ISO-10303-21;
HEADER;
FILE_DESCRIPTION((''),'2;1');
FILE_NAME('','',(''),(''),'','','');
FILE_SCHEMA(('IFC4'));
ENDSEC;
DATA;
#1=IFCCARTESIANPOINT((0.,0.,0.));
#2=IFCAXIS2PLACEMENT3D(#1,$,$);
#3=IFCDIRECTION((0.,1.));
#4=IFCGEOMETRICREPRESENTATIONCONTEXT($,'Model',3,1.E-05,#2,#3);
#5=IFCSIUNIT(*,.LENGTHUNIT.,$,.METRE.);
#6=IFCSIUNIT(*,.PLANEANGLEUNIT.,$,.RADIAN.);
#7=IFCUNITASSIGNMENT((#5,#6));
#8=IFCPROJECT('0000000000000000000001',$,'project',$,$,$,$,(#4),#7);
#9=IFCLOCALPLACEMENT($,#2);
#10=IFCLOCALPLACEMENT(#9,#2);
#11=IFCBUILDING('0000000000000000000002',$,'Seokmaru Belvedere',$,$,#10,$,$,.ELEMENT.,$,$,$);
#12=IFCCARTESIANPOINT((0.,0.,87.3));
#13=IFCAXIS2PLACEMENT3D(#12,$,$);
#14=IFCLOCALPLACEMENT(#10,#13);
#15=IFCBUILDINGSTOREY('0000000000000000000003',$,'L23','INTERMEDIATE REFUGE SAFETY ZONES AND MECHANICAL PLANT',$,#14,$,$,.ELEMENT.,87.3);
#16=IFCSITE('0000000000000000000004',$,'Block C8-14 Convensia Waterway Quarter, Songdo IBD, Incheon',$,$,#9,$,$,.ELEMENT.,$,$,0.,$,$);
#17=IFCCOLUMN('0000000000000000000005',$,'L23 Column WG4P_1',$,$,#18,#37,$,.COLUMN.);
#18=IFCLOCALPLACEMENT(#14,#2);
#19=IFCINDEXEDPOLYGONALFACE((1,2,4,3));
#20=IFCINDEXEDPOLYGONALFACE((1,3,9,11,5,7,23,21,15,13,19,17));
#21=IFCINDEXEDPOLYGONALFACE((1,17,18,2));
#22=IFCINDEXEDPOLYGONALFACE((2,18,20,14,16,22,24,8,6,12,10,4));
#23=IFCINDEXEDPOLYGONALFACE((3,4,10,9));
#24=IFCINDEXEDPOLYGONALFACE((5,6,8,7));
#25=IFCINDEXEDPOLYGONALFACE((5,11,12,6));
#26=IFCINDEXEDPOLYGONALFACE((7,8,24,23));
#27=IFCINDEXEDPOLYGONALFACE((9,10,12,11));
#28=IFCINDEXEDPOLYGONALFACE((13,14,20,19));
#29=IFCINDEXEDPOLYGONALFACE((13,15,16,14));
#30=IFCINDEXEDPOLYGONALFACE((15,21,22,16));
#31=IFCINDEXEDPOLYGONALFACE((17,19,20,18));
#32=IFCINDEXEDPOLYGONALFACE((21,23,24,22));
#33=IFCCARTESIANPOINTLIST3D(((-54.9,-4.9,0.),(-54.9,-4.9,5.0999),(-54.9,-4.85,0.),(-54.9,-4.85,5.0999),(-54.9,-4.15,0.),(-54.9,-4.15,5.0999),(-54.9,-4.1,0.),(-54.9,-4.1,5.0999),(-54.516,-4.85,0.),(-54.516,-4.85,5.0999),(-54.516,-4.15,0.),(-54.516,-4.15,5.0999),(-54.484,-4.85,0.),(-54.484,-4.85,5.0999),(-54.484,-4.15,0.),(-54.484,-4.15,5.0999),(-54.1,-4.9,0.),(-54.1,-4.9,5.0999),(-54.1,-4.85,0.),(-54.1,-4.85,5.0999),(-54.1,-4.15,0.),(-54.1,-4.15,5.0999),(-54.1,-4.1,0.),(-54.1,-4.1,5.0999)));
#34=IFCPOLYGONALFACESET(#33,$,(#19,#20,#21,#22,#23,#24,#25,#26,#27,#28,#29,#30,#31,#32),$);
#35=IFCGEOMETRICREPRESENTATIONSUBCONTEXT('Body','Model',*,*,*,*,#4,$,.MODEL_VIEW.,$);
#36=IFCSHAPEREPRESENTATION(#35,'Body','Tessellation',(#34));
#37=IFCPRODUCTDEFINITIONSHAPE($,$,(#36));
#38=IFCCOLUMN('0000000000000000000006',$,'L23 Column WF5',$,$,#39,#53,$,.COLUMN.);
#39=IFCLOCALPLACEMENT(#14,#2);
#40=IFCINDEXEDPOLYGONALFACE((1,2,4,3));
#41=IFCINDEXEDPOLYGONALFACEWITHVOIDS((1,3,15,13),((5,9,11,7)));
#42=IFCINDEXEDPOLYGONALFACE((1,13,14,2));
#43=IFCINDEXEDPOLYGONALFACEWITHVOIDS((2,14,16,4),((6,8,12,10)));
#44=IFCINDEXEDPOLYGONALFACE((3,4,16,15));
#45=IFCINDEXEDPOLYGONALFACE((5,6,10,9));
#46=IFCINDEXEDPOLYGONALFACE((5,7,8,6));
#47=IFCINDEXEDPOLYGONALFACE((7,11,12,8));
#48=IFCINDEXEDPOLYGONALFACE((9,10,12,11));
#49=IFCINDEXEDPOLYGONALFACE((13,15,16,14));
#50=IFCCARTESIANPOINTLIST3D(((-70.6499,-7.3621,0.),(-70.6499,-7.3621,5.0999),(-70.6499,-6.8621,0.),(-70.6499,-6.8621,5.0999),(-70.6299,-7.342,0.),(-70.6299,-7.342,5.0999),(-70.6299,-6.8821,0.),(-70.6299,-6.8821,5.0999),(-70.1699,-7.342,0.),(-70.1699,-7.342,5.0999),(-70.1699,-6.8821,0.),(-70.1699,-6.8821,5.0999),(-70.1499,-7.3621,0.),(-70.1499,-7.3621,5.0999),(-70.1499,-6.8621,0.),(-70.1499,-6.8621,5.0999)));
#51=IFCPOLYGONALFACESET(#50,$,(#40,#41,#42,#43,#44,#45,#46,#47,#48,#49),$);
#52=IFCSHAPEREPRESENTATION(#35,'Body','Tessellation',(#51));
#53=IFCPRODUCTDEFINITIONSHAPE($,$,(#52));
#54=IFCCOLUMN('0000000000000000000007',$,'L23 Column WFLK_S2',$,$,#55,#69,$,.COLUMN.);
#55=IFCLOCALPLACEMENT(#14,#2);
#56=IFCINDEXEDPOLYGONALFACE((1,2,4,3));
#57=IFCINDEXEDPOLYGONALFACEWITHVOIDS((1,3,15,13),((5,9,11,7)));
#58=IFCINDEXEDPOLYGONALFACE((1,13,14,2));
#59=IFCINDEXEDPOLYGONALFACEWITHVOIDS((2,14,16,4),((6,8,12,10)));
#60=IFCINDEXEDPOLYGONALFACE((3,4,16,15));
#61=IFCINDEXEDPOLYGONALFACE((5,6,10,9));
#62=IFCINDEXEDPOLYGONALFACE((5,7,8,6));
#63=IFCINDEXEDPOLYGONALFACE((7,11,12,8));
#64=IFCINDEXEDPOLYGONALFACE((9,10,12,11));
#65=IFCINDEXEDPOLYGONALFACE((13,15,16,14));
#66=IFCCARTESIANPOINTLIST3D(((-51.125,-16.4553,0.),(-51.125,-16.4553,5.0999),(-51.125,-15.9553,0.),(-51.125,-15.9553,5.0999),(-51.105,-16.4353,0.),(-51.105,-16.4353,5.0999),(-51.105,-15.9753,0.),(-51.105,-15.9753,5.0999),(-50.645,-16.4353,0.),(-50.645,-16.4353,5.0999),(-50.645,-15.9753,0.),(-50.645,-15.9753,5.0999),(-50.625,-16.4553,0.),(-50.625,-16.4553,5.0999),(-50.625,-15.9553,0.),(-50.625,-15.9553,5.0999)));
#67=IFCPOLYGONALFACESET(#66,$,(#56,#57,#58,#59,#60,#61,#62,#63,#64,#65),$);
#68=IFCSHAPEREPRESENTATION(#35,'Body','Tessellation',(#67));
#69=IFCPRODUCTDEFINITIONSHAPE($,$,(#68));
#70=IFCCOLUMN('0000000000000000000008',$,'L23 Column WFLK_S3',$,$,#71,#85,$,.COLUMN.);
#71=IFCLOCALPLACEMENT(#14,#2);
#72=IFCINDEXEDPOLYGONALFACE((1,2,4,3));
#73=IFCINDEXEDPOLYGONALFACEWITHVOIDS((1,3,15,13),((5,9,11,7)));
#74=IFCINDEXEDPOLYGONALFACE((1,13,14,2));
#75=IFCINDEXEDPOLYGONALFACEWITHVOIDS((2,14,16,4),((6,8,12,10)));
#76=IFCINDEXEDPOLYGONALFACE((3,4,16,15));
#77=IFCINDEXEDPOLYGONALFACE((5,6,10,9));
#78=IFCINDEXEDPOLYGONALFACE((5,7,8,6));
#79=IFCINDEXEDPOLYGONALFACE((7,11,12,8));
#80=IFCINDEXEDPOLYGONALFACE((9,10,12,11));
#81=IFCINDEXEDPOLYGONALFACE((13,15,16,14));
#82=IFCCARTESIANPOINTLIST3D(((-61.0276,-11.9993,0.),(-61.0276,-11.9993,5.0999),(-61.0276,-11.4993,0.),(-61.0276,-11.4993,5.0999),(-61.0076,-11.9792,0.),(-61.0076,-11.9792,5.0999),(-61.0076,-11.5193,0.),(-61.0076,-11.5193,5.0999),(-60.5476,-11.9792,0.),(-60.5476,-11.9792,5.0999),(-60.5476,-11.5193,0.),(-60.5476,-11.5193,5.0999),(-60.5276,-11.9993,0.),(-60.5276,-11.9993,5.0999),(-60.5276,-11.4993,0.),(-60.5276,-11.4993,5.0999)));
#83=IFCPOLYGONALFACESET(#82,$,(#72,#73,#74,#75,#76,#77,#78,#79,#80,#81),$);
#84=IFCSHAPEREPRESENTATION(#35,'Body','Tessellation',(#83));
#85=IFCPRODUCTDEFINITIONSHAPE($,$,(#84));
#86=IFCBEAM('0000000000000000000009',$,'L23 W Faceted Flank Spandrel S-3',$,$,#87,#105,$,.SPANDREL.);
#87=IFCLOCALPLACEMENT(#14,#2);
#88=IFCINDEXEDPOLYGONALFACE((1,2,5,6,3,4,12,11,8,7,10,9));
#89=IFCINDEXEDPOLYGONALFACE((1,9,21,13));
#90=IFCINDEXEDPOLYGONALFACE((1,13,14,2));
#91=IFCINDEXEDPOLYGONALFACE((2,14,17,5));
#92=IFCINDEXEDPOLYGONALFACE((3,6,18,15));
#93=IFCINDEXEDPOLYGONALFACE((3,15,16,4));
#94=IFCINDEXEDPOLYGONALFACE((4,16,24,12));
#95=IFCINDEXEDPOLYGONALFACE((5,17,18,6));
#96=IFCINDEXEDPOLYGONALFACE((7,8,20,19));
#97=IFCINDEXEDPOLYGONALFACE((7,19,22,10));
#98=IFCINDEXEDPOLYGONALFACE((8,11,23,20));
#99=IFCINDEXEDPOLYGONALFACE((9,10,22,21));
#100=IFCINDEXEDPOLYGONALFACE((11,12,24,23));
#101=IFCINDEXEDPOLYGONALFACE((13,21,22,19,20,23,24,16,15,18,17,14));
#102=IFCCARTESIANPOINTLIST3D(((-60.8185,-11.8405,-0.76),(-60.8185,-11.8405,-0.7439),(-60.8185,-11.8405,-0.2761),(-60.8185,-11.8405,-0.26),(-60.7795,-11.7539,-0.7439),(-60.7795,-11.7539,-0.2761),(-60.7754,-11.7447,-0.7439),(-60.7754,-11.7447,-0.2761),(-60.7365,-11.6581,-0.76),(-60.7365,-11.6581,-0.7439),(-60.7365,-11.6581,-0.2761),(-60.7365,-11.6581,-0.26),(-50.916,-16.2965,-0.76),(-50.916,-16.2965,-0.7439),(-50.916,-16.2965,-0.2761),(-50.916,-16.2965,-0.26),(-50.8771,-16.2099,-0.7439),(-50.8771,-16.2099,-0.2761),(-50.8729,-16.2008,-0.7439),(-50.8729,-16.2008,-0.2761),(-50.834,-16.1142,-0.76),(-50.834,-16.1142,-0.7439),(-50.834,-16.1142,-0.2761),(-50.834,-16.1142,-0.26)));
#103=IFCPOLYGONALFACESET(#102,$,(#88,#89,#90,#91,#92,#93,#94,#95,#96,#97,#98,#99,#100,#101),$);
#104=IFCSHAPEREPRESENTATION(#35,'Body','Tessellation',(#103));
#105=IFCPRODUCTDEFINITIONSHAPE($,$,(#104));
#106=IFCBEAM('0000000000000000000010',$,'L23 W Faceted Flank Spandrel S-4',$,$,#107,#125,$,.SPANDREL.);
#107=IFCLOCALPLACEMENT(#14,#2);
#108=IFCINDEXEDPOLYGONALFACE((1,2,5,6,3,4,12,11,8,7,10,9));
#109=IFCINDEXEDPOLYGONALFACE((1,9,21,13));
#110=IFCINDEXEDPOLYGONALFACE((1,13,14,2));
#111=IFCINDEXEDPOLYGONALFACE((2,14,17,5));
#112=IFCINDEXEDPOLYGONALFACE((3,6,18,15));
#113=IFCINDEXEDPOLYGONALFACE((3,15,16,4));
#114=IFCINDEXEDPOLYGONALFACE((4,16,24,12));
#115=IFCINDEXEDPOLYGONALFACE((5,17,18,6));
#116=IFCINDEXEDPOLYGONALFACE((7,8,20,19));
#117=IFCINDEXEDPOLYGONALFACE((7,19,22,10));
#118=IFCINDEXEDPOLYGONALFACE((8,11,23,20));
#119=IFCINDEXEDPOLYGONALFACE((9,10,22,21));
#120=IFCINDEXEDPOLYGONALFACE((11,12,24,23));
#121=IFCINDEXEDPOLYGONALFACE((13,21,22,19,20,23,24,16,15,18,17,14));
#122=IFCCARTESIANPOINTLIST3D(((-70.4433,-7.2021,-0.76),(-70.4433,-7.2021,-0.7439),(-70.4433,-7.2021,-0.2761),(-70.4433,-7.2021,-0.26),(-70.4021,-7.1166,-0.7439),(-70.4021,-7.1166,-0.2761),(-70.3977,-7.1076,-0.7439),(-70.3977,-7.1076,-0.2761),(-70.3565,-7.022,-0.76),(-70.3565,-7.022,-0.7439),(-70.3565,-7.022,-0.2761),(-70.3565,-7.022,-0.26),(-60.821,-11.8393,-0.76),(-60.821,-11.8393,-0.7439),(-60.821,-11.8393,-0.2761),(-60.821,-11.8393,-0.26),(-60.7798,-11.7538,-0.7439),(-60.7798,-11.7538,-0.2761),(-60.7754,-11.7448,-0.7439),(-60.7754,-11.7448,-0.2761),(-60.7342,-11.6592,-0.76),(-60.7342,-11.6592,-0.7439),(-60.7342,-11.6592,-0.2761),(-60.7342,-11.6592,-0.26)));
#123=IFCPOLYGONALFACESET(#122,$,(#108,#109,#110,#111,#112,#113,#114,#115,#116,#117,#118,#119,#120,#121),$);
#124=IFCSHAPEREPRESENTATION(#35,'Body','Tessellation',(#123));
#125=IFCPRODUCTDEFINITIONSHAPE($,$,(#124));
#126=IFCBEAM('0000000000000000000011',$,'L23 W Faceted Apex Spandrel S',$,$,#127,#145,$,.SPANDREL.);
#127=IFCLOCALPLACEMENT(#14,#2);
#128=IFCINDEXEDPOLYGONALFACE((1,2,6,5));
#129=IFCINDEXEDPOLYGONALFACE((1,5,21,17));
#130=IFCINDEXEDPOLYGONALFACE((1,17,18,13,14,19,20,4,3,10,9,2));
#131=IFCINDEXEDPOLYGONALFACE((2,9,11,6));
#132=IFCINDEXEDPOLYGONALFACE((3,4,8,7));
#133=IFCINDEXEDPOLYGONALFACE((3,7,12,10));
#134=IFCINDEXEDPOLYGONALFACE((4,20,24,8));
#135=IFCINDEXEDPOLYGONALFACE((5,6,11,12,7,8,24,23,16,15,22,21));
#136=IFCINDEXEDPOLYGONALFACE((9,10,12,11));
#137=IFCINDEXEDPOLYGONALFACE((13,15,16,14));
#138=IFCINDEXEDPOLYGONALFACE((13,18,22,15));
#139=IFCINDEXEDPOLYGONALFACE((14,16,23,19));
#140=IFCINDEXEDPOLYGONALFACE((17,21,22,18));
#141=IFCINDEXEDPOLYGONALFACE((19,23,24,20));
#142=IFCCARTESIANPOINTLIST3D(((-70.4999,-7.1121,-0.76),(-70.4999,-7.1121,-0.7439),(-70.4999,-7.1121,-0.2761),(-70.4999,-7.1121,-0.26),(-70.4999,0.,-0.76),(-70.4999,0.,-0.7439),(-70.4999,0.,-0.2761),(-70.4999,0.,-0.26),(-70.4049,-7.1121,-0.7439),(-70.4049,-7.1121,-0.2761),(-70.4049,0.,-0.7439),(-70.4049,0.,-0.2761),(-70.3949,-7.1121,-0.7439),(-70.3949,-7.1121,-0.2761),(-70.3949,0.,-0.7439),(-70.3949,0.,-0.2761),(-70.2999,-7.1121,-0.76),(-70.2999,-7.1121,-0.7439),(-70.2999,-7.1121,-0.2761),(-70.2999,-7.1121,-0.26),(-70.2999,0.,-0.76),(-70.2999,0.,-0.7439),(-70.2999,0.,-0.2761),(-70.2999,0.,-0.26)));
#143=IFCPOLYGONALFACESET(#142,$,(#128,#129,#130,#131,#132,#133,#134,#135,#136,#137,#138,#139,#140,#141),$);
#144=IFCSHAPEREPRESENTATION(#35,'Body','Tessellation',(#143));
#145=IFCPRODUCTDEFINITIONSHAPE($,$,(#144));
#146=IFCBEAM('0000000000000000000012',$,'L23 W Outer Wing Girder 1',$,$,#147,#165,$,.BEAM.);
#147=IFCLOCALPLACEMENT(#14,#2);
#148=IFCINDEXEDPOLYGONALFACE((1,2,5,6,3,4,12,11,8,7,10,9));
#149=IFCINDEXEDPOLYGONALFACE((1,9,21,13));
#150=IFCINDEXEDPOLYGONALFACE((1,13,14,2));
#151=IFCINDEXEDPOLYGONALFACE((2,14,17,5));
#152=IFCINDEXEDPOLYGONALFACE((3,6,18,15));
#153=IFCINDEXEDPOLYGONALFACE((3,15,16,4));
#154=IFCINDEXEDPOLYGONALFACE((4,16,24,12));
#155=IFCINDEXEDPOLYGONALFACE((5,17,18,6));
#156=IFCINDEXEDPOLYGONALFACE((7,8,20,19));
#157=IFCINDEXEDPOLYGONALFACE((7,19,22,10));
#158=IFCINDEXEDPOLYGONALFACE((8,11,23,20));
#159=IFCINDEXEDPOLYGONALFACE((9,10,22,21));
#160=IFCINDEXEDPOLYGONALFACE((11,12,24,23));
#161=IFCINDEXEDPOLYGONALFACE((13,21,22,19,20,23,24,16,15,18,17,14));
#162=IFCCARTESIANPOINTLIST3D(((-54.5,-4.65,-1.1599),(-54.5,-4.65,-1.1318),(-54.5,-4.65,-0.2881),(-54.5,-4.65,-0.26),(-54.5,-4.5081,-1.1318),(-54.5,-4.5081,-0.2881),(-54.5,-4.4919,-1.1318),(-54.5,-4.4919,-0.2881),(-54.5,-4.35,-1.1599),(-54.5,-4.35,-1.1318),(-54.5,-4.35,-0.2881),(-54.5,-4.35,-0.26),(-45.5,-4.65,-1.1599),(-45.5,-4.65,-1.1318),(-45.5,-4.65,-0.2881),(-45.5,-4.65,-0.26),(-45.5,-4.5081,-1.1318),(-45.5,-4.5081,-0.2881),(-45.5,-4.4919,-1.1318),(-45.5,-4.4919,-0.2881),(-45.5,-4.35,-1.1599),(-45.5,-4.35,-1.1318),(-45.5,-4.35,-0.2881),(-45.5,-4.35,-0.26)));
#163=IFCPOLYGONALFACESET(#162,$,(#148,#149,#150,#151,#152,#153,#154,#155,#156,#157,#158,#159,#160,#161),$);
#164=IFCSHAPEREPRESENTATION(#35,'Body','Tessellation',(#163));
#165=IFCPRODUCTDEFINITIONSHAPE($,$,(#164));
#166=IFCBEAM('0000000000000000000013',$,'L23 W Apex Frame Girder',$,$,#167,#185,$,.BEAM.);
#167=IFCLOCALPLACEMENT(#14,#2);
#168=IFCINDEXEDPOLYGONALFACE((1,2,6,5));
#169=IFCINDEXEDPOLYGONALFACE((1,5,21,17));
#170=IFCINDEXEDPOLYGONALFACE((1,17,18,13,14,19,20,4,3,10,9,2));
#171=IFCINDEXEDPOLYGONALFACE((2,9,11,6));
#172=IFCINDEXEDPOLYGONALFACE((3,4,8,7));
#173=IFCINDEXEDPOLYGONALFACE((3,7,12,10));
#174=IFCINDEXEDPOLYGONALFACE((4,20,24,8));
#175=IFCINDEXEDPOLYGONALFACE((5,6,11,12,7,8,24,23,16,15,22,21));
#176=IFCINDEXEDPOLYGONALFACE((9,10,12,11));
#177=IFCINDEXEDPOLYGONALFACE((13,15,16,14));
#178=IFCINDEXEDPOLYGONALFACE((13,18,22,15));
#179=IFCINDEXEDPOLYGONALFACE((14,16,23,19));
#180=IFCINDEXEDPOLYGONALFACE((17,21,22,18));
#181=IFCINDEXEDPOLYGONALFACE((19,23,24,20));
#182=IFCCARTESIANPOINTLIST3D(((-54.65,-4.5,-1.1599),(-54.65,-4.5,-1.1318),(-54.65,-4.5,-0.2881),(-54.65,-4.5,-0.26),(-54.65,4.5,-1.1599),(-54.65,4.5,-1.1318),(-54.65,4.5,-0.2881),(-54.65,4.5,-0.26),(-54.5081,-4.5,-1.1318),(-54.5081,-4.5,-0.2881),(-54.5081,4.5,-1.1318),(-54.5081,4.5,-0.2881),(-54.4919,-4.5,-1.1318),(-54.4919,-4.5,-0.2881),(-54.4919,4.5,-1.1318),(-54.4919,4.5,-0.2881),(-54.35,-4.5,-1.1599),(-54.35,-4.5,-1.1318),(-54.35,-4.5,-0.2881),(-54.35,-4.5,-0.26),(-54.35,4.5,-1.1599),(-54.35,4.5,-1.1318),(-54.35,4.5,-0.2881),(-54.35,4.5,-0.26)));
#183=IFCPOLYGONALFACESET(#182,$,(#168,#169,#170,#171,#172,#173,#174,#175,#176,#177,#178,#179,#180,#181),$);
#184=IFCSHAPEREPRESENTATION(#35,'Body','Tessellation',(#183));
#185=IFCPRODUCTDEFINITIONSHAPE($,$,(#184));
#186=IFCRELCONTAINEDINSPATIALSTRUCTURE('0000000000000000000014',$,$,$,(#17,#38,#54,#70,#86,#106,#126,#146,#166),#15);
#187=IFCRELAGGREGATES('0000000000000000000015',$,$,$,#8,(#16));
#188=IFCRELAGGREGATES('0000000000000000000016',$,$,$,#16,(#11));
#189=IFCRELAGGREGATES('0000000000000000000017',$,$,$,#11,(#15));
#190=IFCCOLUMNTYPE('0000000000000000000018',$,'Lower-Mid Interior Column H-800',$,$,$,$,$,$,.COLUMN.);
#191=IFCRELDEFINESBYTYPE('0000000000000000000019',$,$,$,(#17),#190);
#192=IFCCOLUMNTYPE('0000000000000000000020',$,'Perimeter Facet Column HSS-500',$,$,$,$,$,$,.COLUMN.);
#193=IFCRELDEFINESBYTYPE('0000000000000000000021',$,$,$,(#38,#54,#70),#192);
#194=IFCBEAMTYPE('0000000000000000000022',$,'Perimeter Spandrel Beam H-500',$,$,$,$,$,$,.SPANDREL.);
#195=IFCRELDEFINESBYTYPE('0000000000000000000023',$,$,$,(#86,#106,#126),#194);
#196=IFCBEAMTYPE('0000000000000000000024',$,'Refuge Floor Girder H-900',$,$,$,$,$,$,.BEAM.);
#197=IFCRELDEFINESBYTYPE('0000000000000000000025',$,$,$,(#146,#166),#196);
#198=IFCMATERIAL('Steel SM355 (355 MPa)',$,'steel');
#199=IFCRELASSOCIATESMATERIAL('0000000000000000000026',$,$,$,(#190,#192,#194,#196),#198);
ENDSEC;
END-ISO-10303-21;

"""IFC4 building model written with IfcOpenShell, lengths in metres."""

from ifc_helpers import new_model, si_unit, direction, frame, origin, origin_2d, place, context, subcontext, project, spatial, hollow_rectangle, i_section, extrude, source, transform, mapped, material, material_profile, profile_set, type_object, type_shapes, element, save


model = new_model("IFC4")

# Units and contexts
model_context = context("Model", 3, precision=1e-05, world=origin(), true_north=direction((0.0, 1.0)))
body_context = subcontext(model_context, "Body", "Model", "MODEL_VIEW")
ifc_project = project(units=[si_unit("LENGTHUNIT", "METRE"), si_unit("PLANEANGLEUNIT", "RADIAN")], contexts=[model_context])

# Site, building, storey
site_placement = place(None, origin())
site = spatial("IfcSite", under=ifc_project, at=site_placement, Name="Block C8-14 Convensia Waterway Quarter, Songdo IBD, Incheon", CompositionType="ELEMENT", RefElevation=0.0)
building_placement = place(site_placement, origin())
building = spatial("IfcBuilding", under=site, at=building_placement, Name="Seokmaru Belvedere", CompositionType="ELEMENT")
storey_placement = place(building_placement, frame((0.0, 0.0, 87.3)))
storey = spatial("IfcBuildingStorey", under=building, at=storey_placement, Name="L23", Description="INTERMEDIATE REFUGE SAFETY ZONES AND MECHANICAL PLANT", CompositionType="ELEMENT", Elevation=87.3)

# Columns
ifc_material_1 = material(Name="Steel SM355 (355 MPa)", Category="steel")
ifc_material_profile_1 = material_profile(ifc_material_1, i_section(OverallWidth=0.8, OverallDepth=0.8, WebThickness=0.032, FlangeThickness=0.05, at=origin_2d()), Name="H-800x800x32x50")
ifc_profile_set_1 = profile_set([ifc_material_profile_1], Name="Steel SM355 (355 MPa)")
column_type_1 = type_object("IfcColumnType", Name="Lower-Mid Interior Column H-800", PredefinedType="COLUMN", material=ifc_profile_set_1)
shared_shape_1 = source(origin(), body_context, "Body", "SweptSolid", [
    extrude(i_section(OverallWidth=0.8, OverallDepth=0.8, WebThickness=0.032, FlangeThickness=0.05, at=origin_2d()), origin(), (0.0, 0.0, 1.0), 5.0999),
])
type_shapes(column_type_1, [shared_shape_1])
column_placement = place(storey_placement, frame((-54.5, -4.5, 0.0), z_axis=(0.0, 0.0, 1.0), x_axis=(1.0, 0.0, 0.0)))
element("IfcColumn", 1, at=column_placement, inside=storey, type_object=column_type_1, Name="L23 Column WG4P_1", PredefinedType="COLUMN", context=body_context, shape_type="MappedRepresentation", body=[
    mapped(shared_shape_1, transform((0.0, 0.0, 0.0), scale=1.0)),
])
ifc_material_profile_2 = material_profile(ifc_material_1, hollow_rectangle(XDim=0.5, YDim=0.5, WallThickness=0.02, at=origin_2d()), Name="HSS-500x500x20")
ifc_profile_set_2 = profile_set([ifc_material_profile_2], Name="Steel SM355 (355 MPa)")
column_type_2 = type_object("IfcColumnType", Name="Perimeter Facet Column HSS-500", PredefinedType="COLUMN", material=ifc_profile_set_2)
shared_shape_2 = source(origin(), body_context, "Body", "SweptSolid", [
    extrude(hollow_rectangle(XDim=0.5, YDim=0.5, WallThickness=0.02, at=origin_2d()), origin(), (0.0, 0.0, 1.0), 5.0999),
])
type_shapes(column_type_2, [shared_shape_2])
for number, where, z_axis, x_axis, name in (
    (2, (-70.3999, -7.1121, 0.0), (0.0, 0.0, 1.0), (1.0, 0.0, 0.0), "L23 Column WF5"),
    (3, (-50.875, -16.2053, 0.0), (0.0, 0.0, 1.0), (1.0, 0.0, 0.0), "L23 Column WFLK_S2"),
    (4, (-60.7776, -11.7493, 0.0), (0.0, 0.0, 1.0), (1.0, 0.0, 0.0), "L23 Column WFLK_S3"),
):
    element("IfcColumn", number, at=place(storey_placement, frame(where, z_axis=z_axis, x_axis=x_axis)), inside=storey, type_object=column_type_2, Name=name, PredefinedType="COLUMN", context=body_context, shape_type="MappedRepresentation", body=[
        mapped(shared_shape_2, transform((0.0, 0.0, 0.0), scale=1.0)),
    ])

# Beams
ifc_material_profile_3 = material_profile(ifc_material_1, i_section(OverallWidth=0.2, OverallDepth=0.5, WebThickness=0.01, FlangeThickness=0.0161, at=origin_2d()), Name="H-500x200x10x16")
ifc_profile_set_3 = profile_set([ifc_material_profile_3], Name="Steel SM355 (355 MPa)")
beam_type_1 = type_object("IfcBeamType", Name="Perimeter Spandrel Beam H-500", PredefinedType="SPANDREL", material=ifc_profile_set_3)
shared_shape_3 = source(origin(), body_context, "Body", "SweptSolid", [
    extrude(i_section(OverallWidth=0.2, OverallDepth=0.5, WebThickness=0.01, FlangeThickness=0.0161, at=origin_2d()), origin(), (0.0, 0.0, 1.0), 10.8589),
])
beam_1_placement = place(storey_placement, frame((-50.875, -16.2053, -0.51), z_axis=(-0.911925, 0.410356, 0.0), x_axis=(-0.410356, -0.911925, 0.0)))
element("IfcBeam", 5, at=beam_1_placement, inside=storey, type_object=beam_type_1, Name="L23 W Faceted Flank Spandrel S-3", PredefinedType="SPANDREL", context=body_context, shape_type="MappedRepresentation", body=[
    mapped(shared_shape_3, transform((0.0, 0.0, 0.0), scale=1.0)),
])
shared_shape_4 = source(origin(), body_context, "Body", "SweptSolid", [
    extrude(i_section(OverallWidth=0.2, OverallDepth=0.5, WebThickness=0.01, FlangeThickness=0.0161, at=origin_2d()), origin(), (0.0, 0.0, 1.0), 10.6814),
])
beam_2_placement = place(storey_placement, frame((-60.7776, -11.7493, -0.51), z_axis=(-0.900846, 0.434138, 0.0), x_axis=(-0.434138, -0.900846, 0.0)))
element("IfcBeam", 6, at=beam_2_placement, inside=storey, type_object=beam_type_1, Name="L23 W Faceted Flank Spandrel S-4", PredefinedType="SPANDREL", context=body_context, shape_type="MappedRepresentation", body=[
    mapped(shared_shape_4, transform((0.0, 0.0, 0.0), scale=1.0)),
])
shared_shape_5 = source(origin(), body_context, "Body", "SweptSolid", [
    extrude(i_section(OverallWidth=0.2, OverallDepth=0.5, WebThickness=0.01, FlangeThickness=0.0161, at=origin_2d()), origin(), (0.0, 0.0, 1.0), 7.1121),
])
type_shapes(beam_type_1, [shared_shape_3, shared_shape_4, shared_shape_5])
beam_3_placement = place(storey_placement, frame((-70.3999, -7.1121, -0.51), z_axis=(0.0, 1.0, 0.0), x_axis=(-1.0, 0.0, 0.0)))
element("IfcBeam", 7, at=beam_3_placement, inside=storey, type_object=beam_type_1, Name="L23 W Faceted Apex Spandrel S", PredefinedType="SPANDREL", context=body_context, shape_type="MappedRepresentation", body=[
    mapped(shared_shape_5, transform((0.0, 0.0, 0.0), scale=1.0)),
])
ifc_material_profile_4 = material_profile(ifc_material_1, i_section(OverallWidth=0.3, OverallDepth=0.8999, WebThickness=0.0161, FlangeThickness=0.0281, at=origin_2d()), Name="H-900x300x16x28")
ifc_profile_set_4 = profile_set([ifc_material_profile_4], Name="Steel SM355 (355 MPa)")
beam_type_2 = type_object("IfcBeamType", Name="Refuge Floor Girder H-900", PredefinedType="BEAM", material=ifc_profile_set_4)
shared_shape_6 = source(origin(), body_context, "Body", "SweptSolid", [
    extrude(i_section(OverallWidth=0.3, OverallDepth=0.8999, WebThickness=0.0161, FlangeThickness=0.0281, at=origin_2d()), origin(), (0.0, 0.0, 1.0), 9.0),
])
for number, where, z_axis, x_axis, name in (
    (8, (-54.5, -4.5, -0.71), (1.0, 0.0, 0.0), (0.0, 1.0, 0.0), "L23 W Outer Wing Girder 1"),
    (9, (-54.5, -4.5, -0.71), (0.0, 1.0, 0.0), (-1.0, 0.0, 0.0), "L23 W Apex Frame Girder"),
):
    element("IfcBeam", number, at=place(storey_placement, frame(where, z_axis=z_axis, x_axis=x_axis)), inside=storey, type_object=beam_type_2, Name=name, PredefinedType="BEAM", context=body_context, shape_type="MappedRepresentation", body=[
        mapped(shared_shape_6, transform((0.0, 0.0, 0.0), scale=1.0)),
    ])

save(model, "model.ifc")
